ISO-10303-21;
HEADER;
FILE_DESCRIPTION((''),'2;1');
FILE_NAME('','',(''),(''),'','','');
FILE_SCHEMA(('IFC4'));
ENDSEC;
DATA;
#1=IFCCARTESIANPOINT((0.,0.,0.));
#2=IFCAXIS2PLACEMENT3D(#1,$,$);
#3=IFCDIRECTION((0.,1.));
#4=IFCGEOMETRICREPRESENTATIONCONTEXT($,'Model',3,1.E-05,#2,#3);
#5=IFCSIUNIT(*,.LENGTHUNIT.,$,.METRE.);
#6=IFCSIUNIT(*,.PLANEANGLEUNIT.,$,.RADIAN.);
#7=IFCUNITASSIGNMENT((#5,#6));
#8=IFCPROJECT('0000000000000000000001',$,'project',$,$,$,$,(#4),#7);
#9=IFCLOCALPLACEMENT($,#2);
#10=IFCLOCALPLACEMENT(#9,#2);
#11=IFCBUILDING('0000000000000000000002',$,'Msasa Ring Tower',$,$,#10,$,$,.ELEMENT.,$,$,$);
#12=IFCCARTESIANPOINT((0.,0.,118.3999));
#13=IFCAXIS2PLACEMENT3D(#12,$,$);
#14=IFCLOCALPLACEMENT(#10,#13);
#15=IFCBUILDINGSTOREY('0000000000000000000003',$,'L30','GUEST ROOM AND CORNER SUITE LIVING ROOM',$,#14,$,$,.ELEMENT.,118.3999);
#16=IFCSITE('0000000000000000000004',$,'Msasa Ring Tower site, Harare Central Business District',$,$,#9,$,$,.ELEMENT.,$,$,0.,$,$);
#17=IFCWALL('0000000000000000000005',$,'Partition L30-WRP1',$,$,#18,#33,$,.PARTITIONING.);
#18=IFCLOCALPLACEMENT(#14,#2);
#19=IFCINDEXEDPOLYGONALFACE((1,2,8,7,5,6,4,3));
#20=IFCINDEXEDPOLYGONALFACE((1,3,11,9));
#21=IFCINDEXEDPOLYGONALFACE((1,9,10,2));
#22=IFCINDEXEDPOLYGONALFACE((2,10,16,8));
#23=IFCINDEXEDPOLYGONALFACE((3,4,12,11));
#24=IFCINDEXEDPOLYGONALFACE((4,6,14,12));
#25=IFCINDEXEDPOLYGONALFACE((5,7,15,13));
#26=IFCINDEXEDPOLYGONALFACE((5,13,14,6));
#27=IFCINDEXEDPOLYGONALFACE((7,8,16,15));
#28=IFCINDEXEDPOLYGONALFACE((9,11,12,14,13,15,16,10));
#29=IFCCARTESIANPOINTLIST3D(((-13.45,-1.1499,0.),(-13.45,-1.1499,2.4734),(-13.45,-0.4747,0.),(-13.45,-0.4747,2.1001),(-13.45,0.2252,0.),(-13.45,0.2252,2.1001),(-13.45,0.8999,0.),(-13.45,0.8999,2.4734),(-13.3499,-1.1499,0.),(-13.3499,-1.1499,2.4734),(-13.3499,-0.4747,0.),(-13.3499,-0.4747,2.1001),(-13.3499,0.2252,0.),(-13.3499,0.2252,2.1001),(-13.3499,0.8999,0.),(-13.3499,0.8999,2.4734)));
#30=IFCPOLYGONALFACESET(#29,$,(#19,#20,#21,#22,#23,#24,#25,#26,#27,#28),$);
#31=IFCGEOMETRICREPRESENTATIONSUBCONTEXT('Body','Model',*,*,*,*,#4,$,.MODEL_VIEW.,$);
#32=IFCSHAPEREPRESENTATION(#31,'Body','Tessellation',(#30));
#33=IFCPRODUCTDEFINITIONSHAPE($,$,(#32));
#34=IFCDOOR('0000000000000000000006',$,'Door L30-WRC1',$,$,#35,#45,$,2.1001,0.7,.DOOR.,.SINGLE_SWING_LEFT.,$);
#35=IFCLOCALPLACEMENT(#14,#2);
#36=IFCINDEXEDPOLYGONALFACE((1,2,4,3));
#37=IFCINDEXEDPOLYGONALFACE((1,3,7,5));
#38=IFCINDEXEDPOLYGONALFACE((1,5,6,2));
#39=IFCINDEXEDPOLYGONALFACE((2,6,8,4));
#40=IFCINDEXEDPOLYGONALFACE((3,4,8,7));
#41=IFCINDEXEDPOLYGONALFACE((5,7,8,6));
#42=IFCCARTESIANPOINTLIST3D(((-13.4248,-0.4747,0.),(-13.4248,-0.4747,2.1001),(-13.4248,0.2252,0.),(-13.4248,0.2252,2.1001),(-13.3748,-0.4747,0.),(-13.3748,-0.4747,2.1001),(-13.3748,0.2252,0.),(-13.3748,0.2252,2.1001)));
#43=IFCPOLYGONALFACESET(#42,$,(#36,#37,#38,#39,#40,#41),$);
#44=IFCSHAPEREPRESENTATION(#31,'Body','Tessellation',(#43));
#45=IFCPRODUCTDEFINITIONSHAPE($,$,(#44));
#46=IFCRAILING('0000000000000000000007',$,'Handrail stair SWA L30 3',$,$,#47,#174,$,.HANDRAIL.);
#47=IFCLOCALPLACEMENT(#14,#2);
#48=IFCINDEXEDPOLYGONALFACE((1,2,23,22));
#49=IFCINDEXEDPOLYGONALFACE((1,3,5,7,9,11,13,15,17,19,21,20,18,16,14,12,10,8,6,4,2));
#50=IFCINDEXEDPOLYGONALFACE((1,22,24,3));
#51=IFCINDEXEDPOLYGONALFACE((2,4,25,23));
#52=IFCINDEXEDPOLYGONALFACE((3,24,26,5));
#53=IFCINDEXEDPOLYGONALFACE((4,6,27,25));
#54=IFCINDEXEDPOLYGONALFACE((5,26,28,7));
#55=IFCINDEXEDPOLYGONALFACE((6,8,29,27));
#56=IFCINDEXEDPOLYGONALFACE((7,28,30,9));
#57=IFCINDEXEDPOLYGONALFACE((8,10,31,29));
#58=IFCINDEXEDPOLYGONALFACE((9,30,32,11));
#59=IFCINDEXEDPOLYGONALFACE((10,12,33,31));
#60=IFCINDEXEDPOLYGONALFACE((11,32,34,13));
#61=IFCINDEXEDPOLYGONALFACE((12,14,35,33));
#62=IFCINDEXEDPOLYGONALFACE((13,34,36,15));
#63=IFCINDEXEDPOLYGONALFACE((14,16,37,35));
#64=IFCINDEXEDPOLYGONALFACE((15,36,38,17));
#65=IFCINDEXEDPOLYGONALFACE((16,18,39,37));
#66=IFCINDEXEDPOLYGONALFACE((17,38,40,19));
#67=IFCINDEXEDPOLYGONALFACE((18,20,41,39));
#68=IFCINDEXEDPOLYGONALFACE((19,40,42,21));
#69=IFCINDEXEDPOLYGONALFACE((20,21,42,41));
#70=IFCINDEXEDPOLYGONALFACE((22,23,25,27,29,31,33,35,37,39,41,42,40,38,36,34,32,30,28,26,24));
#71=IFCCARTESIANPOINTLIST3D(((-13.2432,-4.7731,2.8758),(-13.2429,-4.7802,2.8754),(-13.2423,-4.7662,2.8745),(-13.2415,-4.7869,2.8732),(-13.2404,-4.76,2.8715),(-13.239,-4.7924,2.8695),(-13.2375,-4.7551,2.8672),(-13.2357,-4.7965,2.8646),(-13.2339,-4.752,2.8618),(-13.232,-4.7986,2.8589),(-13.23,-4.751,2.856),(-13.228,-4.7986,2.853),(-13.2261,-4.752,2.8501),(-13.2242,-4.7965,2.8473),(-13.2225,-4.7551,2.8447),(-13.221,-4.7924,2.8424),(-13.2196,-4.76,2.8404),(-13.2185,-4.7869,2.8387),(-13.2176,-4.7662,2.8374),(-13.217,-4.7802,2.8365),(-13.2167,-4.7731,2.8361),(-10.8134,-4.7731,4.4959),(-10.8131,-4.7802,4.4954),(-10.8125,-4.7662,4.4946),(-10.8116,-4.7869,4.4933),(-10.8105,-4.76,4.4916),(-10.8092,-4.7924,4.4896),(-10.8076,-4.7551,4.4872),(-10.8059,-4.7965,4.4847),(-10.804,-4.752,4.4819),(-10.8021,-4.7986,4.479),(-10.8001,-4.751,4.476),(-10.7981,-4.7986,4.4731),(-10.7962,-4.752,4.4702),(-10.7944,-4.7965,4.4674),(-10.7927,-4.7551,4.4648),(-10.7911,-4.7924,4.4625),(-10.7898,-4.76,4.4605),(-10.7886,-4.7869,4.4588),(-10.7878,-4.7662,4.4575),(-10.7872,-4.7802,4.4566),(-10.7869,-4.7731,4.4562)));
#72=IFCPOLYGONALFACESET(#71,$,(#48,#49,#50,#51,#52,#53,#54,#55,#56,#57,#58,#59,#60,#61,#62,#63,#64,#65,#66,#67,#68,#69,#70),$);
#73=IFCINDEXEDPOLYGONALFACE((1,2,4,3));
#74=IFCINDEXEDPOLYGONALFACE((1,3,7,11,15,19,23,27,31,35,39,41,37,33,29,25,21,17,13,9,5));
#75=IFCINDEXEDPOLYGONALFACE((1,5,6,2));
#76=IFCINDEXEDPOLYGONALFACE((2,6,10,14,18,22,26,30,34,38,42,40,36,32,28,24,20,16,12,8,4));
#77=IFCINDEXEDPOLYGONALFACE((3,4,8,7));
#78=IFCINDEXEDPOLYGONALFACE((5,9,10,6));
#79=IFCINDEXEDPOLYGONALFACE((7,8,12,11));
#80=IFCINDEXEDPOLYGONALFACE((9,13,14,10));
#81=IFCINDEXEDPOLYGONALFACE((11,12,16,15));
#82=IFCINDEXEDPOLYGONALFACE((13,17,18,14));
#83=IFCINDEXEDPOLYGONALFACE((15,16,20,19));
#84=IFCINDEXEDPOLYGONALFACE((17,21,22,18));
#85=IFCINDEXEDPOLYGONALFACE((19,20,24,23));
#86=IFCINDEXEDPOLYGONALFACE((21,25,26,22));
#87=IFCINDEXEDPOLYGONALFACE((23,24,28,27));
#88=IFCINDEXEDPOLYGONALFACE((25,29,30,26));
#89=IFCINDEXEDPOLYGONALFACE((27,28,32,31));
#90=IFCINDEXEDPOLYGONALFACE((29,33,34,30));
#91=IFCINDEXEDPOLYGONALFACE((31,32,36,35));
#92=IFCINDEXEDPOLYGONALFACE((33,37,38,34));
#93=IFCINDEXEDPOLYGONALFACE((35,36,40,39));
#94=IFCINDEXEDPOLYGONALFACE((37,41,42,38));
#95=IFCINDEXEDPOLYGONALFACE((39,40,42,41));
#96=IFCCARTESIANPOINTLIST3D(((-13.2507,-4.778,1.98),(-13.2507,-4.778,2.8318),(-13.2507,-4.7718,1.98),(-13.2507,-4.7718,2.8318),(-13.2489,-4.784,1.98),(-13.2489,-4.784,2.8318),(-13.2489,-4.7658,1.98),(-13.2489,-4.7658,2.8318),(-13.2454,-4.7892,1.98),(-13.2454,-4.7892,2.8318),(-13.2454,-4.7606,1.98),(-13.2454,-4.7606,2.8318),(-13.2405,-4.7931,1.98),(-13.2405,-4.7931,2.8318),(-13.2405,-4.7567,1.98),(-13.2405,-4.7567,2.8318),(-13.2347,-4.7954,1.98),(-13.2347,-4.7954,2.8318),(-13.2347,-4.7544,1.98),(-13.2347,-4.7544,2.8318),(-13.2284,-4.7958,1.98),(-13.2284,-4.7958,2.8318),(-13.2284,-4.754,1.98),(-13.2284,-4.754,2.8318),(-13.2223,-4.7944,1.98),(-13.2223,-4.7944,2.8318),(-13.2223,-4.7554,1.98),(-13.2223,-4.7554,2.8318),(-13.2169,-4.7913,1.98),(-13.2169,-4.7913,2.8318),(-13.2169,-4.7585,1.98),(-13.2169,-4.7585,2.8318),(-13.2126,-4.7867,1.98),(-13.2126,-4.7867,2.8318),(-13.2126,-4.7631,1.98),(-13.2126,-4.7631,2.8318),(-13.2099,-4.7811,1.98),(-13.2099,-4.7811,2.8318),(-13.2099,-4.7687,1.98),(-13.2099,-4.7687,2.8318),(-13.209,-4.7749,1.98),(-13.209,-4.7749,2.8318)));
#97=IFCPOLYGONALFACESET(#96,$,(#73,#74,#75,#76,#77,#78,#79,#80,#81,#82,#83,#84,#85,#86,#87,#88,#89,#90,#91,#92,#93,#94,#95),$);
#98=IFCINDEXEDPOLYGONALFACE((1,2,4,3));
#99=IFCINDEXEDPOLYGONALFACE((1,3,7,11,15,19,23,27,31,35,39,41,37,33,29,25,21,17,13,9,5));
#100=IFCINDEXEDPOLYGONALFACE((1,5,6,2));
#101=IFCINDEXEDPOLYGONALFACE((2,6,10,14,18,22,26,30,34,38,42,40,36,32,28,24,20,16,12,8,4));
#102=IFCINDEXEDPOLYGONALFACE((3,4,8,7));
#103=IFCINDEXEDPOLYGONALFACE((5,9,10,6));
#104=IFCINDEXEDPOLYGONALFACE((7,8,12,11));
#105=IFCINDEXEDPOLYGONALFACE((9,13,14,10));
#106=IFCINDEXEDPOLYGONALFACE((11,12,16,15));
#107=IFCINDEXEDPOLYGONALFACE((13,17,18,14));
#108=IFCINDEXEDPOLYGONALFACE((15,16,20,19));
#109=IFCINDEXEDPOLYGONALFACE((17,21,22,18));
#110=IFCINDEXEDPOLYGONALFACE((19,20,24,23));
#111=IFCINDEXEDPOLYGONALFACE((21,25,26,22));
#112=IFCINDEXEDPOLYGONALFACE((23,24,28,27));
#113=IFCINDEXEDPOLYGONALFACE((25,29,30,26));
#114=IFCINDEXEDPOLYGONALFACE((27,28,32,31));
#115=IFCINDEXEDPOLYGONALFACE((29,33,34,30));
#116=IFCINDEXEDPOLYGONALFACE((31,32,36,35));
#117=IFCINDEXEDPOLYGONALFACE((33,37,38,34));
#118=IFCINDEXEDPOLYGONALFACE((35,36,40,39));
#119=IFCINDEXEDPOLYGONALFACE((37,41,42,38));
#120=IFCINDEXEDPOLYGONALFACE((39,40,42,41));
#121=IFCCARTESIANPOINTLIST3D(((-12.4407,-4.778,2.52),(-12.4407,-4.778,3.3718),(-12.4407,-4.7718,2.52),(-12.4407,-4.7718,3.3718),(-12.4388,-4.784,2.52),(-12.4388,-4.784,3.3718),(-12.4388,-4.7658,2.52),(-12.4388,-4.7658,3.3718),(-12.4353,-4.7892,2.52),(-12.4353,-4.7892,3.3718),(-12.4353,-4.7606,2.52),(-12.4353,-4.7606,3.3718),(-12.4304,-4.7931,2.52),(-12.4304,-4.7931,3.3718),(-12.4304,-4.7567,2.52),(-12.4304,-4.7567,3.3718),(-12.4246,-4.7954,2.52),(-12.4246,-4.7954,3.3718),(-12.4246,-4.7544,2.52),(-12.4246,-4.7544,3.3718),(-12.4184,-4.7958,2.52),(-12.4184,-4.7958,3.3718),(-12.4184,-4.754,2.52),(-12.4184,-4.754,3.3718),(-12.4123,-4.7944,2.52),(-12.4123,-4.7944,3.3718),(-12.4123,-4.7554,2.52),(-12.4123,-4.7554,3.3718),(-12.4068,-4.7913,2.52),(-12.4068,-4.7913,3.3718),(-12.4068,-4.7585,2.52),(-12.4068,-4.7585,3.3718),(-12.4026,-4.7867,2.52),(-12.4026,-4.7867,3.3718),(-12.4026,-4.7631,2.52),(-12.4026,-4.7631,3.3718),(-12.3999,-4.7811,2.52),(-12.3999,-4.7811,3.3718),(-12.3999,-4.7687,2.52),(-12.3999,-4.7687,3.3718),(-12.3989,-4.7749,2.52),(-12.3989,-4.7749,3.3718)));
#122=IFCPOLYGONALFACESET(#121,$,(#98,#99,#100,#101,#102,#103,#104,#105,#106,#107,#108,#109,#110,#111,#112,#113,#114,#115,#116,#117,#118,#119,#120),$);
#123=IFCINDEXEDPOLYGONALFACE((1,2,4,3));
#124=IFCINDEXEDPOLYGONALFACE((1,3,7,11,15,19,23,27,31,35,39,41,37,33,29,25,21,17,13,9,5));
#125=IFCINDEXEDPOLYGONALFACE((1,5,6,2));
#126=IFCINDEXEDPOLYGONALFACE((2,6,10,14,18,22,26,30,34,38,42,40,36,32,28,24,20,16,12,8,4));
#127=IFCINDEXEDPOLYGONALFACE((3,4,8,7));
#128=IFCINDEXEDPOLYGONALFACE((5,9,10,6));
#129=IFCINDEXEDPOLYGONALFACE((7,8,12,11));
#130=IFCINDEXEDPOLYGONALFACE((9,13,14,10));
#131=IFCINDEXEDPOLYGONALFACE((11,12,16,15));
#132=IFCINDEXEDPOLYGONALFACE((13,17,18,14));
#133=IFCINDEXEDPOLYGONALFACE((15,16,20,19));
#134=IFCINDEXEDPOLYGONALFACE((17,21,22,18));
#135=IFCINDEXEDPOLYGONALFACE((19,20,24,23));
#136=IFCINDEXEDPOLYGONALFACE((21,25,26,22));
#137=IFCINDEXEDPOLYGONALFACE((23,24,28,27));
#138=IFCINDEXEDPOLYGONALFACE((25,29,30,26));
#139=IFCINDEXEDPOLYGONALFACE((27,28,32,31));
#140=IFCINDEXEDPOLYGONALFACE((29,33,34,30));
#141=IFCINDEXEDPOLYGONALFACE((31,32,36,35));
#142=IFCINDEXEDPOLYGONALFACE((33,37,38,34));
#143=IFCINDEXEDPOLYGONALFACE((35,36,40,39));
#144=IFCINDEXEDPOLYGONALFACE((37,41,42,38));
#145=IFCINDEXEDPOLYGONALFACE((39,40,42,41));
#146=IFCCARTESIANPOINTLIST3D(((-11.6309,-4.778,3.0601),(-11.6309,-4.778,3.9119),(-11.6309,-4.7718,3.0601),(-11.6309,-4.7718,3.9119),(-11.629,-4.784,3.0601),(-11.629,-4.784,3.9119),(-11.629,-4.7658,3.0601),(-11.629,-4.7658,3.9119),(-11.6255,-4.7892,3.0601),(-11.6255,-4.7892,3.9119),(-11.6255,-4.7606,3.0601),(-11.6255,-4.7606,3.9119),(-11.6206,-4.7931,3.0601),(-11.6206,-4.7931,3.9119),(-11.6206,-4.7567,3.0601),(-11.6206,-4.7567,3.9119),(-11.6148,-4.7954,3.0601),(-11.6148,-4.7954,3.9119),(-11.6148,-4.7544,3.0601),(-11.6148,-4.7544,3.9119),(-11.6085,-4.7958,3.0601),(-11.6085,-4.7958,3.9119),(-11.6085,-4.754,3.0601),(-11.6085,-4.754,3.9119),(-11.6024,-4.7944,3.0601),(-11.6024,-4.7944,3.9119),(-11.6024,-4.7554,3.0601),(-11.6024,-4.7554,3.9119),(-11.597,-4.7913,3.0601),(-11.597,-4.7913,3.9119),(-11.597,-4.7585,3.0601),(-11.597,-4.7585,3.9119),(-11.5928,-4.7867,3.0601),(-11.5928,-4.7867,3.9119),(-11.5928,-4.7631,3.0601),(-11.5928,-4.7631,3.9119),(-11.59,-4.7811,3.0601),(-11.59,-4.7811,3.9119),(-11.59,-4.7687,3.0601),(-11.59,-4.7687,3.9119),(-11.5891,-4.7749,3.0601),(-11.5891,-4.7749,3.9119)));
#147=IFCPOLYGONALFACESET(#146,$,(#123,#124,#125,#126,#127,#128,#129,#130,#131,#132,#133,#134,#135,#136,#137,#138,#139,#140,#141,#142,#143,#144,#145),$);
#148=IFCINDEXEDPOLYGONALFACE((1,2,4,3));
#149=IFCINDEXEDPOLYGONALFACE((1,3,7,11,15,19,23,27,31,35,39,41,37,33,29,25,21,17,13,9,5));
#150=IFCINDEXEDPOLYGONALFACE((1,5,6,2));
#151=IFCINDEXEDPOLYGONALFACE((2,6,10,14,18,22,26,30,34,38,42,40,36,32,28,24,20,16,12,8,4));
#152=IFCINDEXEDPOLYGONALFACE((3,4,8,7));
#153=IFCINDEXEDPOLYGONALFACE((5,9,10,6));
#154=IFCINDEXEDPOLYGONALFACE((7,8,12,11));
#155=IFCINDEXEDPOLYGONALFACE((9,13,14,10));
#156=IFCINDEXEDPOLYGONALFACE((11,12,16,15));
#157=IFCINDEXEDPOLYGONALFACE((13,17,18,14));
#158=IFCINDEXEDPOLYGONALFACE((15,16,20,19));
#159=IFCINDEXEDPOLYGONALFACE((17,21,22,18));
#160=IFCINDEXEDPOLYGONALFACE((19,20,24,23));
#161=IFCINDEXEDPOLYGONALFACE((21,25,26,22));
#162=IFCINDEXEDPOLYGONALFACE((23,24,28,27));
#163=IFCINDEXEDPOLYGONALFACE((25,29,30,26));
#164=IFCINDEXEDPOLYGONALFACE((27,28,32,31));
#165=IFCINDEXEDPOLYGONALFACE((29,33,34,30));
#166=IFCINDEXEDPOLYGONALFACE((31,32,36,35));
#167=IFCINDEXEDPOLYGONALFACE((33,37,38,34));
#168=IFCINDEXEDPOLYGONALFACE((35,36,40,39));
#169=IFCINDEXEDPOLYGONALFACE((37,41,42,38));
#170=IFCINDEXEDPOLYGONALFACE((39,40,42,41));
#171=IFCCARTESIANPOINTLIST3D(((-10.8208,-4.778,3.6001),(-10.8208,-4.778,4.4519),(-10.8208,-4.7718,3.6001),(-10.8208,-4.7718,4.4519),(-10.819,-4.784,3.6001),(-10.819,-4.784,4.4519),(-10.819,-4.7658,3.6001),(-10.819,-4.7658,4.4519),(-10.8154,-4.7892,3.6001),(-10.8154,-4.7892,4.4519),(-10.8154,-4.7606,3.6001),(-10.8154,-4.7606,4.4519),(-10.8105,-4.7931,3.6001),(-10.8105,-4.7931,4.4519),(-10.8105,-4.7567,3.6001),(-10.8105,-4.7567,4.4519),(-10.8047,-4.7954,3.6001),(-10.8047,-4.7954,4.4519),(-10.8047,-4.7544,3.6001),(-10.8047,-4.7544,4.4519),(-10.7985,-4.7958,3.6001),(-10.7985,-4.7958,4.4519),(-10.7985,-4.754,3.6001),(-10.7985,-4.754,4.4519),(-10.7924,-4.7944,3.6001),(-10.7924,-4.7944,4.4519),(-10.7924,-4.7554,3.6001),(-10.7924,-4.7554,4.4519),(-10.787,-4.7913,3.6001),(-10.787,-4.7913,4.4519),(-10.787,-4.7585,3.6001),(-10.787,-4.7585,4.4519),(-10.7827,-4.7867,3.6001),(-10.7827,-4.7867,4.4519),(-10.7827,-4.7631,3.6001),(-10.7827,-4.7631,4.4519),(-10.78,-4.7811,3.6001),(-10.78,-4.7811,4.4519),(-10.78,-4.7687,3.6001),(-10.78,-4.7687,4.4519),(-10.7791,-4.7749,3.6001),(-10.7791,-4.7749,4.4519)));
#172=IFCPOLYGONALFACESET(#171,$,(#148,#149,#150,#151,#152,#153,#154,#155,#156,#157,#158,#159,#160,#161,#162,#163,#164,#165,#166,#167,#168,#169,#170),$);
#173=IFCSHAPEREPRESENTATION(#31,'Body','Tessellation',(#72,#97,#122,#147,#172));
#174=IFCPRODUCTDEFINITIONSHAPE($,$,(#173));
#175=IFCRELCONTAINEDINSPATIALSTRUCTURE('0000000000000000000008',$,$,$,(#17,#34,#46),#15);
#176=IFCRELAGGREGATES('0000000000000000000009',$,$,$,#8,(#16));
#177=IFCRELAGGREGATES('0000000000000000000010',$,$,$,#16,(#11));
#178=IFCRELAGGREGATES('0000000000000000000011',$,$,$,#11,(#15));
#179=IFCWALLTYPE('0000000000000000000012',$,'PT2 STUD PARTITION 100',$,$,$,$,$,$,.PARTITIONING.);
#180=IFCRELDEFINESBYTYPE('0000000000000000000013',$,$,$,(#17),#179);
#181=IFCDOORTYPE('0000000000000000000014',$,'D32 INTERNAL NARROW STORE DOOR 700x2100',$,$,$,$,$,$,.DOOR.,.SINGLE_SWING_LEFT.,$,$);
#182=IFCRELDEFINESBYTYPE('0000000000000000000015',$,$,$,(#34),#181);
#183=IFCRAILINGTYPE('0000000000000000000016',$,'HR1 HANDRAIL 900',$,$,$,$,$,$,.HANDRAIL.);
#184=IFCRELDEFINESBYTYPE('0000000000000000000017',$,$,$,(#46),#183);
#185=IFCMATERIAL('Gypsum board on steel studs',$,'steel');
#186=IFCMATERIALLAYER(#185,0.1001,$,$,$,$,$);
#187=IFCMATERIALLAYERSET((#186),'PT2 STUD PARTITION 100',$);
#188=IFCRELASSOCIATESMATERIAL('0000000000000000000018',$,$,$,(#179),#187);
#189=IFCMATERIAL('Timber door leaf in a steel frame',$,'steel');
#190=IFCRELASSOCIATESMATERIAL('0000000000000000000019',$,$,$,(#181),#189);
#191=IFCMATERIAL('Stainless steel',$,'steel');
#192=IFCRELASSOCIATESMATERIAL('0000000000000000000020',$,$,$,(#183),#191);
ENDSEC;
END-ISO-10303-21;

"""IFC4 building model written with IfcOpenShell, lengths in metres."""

from ifc_helpers import new_model, si_unit, direction, frame, frame_2d, origin, origin_2d, place, context, subcontext, project, spatial, rectangle, circle, extrude, material, layer, layer_set, type_object, element, fill, save


model = new_model("IFC4")

# Units and contexts
model_context = context("Model", 3, precision=1e-05, world=origin(), true_north=direction((0.0, 1.0)))
body_context = subcontext(model_context, "Body", "Model", "MODEL_VIEW")
ifc_project = project(units=[si_unit("LENGTHUNIT", "METRE"), si_unit("PLANEANGLEUNIT", "RADIAN")], contexts=[model_context])

# Site, building, storey
site_placement = place(None, origin())
site = spatial("IfcSite", under=ifc_project, at=site_placement, Name="Msasa Ring Tower site, Harare Central Business District", CompositionType="ELEMENT", RefElevation=0.0)
building_placement = place(site_placement, origin())
building = spatial("IfcBuilding", under=site, at=building_placement, Name="Msasa Ring Tower", CompositionType="ELEMENT")
storey_placement = place(building_placement, frame((0.0, 0.0, 118.3999)))
storey = spatial("IfcBuildingStorey", under=building, at=storey_placement, Name="L30", Description="GUEST ROOM AND CORNER SUITE LIVING ROOM", CompositionType="ELEMENT", Elevation=118.3999)

# Wall, opening, door
ifc_material_1 = material(Name="Gypsum board on steel studs", Category="steel")
ifc_layer_1 = layer(ifc_material_1, 0.1001)
ifc_layer_set_1 = layer_set([ifc_layer_1], Name="PT2 STUD PARTITION 100")
wall_type_1 = type_object("IfcWallType", Name="PT2 STUD PARTITION 100", PredefinedType="PARTITIONING", material=ifc_layer_set_1)
wall_1_placement = place(storey_placement, frame((-13.3999, -1.1499, 0.0), z_axis=(0.0, 0.0, 1.0), x_axis=(0.0, 1.0, 0.0)))
wall_1 = element("IfcWall", 1, at=wall_1_placement, inside=storey, type_object=wall_type_1, Name="Partition L30-WRP1", PredefinedType="PARTITIONING", context=body_context, shape_type="SweptSolid", body=[
    extrude(rectangle(XDim=2.0498, YDim=0.1001, at=frame_2d((1.0249, 0.0))), origin(), (0.0, 0.0, 1.0), 2.4734),
])
opening_1_placement = place(wall_1_placement, frame((0.675, 0.0, 0.0)))
opening_1 = element("IfcOpeningElement", 2, at=opening_1_placement, cuts=wall_1, PredefinedType="OPENING", context=body_context, shape_type="SweptSolid", body=[
    extrude(rectangle(XDim=0.7, YDim=2.1001, at=frame_2d((0.3501, 1.05))), frame((0.0, 0.0601, 0.0), z_axis=(0.0, -1.0, 0.0), x_axis=(1.0, 0.0, 0.0)), (0.0, 0.0, 1.0), 0.1201),
])
ifc_material_2 = material(Name="Timber door leaf in a steel frame", Category="steel")
door_type = type_object("IfcDoorType", Name="D32 INTERNAL NARROW STORE DOOR 700x2100", OperationType="SINGLE_SWING_LEFT", PredefinedType="DOOR", material=ifc_material_2)
door_placement = place(opening_1_placement, origin())
door = element("IfcDoor", 3, at=door_placement, inside=storey, type_object=door_type, Name="Door L30-WRC1", OperationType="SINGLE_SWING_LEFT", OverallHeight=2.1001, OverallWidth=0.7, PredefinedType="DOOR", context=body_context, shape_type="SweptSolid", body=[
    extrude(rectangle(XDim=0.7, YDim=2.1001, at=frame_2d((0.3501, 1.05))), frame((0.0, 0.0249, 0.0), z_axis=(0.0, -1.0, 0.0), x_axis=(1.0, 0.0, 0.0)), (0.0, 0.0, 1.0), 0.05),
])
fill(opening_1, door)

# Railing
ifc_material_3 = material(Name="Stainless steel", Category="steel")
railing_type = type_object("IfcRailingType", Name="HR1 HANDRAIL 900", PredefinedType="HANDRAIL", material=ifc_material_3)
railing_placement = place(storey_placement, frame((-13.23, -4.7749, 1.98)))
element("IfcRailing", 4, at=railing_placement, inside=storey, type_object=railing_type, Name="Handrail stair SWA L30 3", PredefinedType="HANDRAIL", context=body_context, shape_type="SweptSolid", body=[
    extrude(circle(Radius=0.0239, at=origin_2d()), frame((0.0, 0.0, 0.876), z_axis=(0.832025, 0.0, 0.554739), x_axis=(0.0, 1.0, 0.0)), (0.0, 0.0, 1.0), 2.9204),
    extrude(circle(Radius=0.021, at=origin_2d()), origin(), (0.0, 0.0, 1.0), 0.8518),
    extrude(circle(Radius=0.021, at=origin_2d()), frame((0.8101, 0.0, 0.54)), (0.0, 0.0, 1.0), 0.8518),
    extrude(circle(Radius=0.021, at=origin_2d()), frame((1.6199, 0.0, 1.0801)), (0.0, 0.0, 1.0), 0.8518),
    extrude(circle(Radius=0.021, at=origin_2d()), frame((2.4299, 0.0, 1.6201)), (0.0, 0.0, 1.0), 0.8518),
])

save(model, "model.ifc")
